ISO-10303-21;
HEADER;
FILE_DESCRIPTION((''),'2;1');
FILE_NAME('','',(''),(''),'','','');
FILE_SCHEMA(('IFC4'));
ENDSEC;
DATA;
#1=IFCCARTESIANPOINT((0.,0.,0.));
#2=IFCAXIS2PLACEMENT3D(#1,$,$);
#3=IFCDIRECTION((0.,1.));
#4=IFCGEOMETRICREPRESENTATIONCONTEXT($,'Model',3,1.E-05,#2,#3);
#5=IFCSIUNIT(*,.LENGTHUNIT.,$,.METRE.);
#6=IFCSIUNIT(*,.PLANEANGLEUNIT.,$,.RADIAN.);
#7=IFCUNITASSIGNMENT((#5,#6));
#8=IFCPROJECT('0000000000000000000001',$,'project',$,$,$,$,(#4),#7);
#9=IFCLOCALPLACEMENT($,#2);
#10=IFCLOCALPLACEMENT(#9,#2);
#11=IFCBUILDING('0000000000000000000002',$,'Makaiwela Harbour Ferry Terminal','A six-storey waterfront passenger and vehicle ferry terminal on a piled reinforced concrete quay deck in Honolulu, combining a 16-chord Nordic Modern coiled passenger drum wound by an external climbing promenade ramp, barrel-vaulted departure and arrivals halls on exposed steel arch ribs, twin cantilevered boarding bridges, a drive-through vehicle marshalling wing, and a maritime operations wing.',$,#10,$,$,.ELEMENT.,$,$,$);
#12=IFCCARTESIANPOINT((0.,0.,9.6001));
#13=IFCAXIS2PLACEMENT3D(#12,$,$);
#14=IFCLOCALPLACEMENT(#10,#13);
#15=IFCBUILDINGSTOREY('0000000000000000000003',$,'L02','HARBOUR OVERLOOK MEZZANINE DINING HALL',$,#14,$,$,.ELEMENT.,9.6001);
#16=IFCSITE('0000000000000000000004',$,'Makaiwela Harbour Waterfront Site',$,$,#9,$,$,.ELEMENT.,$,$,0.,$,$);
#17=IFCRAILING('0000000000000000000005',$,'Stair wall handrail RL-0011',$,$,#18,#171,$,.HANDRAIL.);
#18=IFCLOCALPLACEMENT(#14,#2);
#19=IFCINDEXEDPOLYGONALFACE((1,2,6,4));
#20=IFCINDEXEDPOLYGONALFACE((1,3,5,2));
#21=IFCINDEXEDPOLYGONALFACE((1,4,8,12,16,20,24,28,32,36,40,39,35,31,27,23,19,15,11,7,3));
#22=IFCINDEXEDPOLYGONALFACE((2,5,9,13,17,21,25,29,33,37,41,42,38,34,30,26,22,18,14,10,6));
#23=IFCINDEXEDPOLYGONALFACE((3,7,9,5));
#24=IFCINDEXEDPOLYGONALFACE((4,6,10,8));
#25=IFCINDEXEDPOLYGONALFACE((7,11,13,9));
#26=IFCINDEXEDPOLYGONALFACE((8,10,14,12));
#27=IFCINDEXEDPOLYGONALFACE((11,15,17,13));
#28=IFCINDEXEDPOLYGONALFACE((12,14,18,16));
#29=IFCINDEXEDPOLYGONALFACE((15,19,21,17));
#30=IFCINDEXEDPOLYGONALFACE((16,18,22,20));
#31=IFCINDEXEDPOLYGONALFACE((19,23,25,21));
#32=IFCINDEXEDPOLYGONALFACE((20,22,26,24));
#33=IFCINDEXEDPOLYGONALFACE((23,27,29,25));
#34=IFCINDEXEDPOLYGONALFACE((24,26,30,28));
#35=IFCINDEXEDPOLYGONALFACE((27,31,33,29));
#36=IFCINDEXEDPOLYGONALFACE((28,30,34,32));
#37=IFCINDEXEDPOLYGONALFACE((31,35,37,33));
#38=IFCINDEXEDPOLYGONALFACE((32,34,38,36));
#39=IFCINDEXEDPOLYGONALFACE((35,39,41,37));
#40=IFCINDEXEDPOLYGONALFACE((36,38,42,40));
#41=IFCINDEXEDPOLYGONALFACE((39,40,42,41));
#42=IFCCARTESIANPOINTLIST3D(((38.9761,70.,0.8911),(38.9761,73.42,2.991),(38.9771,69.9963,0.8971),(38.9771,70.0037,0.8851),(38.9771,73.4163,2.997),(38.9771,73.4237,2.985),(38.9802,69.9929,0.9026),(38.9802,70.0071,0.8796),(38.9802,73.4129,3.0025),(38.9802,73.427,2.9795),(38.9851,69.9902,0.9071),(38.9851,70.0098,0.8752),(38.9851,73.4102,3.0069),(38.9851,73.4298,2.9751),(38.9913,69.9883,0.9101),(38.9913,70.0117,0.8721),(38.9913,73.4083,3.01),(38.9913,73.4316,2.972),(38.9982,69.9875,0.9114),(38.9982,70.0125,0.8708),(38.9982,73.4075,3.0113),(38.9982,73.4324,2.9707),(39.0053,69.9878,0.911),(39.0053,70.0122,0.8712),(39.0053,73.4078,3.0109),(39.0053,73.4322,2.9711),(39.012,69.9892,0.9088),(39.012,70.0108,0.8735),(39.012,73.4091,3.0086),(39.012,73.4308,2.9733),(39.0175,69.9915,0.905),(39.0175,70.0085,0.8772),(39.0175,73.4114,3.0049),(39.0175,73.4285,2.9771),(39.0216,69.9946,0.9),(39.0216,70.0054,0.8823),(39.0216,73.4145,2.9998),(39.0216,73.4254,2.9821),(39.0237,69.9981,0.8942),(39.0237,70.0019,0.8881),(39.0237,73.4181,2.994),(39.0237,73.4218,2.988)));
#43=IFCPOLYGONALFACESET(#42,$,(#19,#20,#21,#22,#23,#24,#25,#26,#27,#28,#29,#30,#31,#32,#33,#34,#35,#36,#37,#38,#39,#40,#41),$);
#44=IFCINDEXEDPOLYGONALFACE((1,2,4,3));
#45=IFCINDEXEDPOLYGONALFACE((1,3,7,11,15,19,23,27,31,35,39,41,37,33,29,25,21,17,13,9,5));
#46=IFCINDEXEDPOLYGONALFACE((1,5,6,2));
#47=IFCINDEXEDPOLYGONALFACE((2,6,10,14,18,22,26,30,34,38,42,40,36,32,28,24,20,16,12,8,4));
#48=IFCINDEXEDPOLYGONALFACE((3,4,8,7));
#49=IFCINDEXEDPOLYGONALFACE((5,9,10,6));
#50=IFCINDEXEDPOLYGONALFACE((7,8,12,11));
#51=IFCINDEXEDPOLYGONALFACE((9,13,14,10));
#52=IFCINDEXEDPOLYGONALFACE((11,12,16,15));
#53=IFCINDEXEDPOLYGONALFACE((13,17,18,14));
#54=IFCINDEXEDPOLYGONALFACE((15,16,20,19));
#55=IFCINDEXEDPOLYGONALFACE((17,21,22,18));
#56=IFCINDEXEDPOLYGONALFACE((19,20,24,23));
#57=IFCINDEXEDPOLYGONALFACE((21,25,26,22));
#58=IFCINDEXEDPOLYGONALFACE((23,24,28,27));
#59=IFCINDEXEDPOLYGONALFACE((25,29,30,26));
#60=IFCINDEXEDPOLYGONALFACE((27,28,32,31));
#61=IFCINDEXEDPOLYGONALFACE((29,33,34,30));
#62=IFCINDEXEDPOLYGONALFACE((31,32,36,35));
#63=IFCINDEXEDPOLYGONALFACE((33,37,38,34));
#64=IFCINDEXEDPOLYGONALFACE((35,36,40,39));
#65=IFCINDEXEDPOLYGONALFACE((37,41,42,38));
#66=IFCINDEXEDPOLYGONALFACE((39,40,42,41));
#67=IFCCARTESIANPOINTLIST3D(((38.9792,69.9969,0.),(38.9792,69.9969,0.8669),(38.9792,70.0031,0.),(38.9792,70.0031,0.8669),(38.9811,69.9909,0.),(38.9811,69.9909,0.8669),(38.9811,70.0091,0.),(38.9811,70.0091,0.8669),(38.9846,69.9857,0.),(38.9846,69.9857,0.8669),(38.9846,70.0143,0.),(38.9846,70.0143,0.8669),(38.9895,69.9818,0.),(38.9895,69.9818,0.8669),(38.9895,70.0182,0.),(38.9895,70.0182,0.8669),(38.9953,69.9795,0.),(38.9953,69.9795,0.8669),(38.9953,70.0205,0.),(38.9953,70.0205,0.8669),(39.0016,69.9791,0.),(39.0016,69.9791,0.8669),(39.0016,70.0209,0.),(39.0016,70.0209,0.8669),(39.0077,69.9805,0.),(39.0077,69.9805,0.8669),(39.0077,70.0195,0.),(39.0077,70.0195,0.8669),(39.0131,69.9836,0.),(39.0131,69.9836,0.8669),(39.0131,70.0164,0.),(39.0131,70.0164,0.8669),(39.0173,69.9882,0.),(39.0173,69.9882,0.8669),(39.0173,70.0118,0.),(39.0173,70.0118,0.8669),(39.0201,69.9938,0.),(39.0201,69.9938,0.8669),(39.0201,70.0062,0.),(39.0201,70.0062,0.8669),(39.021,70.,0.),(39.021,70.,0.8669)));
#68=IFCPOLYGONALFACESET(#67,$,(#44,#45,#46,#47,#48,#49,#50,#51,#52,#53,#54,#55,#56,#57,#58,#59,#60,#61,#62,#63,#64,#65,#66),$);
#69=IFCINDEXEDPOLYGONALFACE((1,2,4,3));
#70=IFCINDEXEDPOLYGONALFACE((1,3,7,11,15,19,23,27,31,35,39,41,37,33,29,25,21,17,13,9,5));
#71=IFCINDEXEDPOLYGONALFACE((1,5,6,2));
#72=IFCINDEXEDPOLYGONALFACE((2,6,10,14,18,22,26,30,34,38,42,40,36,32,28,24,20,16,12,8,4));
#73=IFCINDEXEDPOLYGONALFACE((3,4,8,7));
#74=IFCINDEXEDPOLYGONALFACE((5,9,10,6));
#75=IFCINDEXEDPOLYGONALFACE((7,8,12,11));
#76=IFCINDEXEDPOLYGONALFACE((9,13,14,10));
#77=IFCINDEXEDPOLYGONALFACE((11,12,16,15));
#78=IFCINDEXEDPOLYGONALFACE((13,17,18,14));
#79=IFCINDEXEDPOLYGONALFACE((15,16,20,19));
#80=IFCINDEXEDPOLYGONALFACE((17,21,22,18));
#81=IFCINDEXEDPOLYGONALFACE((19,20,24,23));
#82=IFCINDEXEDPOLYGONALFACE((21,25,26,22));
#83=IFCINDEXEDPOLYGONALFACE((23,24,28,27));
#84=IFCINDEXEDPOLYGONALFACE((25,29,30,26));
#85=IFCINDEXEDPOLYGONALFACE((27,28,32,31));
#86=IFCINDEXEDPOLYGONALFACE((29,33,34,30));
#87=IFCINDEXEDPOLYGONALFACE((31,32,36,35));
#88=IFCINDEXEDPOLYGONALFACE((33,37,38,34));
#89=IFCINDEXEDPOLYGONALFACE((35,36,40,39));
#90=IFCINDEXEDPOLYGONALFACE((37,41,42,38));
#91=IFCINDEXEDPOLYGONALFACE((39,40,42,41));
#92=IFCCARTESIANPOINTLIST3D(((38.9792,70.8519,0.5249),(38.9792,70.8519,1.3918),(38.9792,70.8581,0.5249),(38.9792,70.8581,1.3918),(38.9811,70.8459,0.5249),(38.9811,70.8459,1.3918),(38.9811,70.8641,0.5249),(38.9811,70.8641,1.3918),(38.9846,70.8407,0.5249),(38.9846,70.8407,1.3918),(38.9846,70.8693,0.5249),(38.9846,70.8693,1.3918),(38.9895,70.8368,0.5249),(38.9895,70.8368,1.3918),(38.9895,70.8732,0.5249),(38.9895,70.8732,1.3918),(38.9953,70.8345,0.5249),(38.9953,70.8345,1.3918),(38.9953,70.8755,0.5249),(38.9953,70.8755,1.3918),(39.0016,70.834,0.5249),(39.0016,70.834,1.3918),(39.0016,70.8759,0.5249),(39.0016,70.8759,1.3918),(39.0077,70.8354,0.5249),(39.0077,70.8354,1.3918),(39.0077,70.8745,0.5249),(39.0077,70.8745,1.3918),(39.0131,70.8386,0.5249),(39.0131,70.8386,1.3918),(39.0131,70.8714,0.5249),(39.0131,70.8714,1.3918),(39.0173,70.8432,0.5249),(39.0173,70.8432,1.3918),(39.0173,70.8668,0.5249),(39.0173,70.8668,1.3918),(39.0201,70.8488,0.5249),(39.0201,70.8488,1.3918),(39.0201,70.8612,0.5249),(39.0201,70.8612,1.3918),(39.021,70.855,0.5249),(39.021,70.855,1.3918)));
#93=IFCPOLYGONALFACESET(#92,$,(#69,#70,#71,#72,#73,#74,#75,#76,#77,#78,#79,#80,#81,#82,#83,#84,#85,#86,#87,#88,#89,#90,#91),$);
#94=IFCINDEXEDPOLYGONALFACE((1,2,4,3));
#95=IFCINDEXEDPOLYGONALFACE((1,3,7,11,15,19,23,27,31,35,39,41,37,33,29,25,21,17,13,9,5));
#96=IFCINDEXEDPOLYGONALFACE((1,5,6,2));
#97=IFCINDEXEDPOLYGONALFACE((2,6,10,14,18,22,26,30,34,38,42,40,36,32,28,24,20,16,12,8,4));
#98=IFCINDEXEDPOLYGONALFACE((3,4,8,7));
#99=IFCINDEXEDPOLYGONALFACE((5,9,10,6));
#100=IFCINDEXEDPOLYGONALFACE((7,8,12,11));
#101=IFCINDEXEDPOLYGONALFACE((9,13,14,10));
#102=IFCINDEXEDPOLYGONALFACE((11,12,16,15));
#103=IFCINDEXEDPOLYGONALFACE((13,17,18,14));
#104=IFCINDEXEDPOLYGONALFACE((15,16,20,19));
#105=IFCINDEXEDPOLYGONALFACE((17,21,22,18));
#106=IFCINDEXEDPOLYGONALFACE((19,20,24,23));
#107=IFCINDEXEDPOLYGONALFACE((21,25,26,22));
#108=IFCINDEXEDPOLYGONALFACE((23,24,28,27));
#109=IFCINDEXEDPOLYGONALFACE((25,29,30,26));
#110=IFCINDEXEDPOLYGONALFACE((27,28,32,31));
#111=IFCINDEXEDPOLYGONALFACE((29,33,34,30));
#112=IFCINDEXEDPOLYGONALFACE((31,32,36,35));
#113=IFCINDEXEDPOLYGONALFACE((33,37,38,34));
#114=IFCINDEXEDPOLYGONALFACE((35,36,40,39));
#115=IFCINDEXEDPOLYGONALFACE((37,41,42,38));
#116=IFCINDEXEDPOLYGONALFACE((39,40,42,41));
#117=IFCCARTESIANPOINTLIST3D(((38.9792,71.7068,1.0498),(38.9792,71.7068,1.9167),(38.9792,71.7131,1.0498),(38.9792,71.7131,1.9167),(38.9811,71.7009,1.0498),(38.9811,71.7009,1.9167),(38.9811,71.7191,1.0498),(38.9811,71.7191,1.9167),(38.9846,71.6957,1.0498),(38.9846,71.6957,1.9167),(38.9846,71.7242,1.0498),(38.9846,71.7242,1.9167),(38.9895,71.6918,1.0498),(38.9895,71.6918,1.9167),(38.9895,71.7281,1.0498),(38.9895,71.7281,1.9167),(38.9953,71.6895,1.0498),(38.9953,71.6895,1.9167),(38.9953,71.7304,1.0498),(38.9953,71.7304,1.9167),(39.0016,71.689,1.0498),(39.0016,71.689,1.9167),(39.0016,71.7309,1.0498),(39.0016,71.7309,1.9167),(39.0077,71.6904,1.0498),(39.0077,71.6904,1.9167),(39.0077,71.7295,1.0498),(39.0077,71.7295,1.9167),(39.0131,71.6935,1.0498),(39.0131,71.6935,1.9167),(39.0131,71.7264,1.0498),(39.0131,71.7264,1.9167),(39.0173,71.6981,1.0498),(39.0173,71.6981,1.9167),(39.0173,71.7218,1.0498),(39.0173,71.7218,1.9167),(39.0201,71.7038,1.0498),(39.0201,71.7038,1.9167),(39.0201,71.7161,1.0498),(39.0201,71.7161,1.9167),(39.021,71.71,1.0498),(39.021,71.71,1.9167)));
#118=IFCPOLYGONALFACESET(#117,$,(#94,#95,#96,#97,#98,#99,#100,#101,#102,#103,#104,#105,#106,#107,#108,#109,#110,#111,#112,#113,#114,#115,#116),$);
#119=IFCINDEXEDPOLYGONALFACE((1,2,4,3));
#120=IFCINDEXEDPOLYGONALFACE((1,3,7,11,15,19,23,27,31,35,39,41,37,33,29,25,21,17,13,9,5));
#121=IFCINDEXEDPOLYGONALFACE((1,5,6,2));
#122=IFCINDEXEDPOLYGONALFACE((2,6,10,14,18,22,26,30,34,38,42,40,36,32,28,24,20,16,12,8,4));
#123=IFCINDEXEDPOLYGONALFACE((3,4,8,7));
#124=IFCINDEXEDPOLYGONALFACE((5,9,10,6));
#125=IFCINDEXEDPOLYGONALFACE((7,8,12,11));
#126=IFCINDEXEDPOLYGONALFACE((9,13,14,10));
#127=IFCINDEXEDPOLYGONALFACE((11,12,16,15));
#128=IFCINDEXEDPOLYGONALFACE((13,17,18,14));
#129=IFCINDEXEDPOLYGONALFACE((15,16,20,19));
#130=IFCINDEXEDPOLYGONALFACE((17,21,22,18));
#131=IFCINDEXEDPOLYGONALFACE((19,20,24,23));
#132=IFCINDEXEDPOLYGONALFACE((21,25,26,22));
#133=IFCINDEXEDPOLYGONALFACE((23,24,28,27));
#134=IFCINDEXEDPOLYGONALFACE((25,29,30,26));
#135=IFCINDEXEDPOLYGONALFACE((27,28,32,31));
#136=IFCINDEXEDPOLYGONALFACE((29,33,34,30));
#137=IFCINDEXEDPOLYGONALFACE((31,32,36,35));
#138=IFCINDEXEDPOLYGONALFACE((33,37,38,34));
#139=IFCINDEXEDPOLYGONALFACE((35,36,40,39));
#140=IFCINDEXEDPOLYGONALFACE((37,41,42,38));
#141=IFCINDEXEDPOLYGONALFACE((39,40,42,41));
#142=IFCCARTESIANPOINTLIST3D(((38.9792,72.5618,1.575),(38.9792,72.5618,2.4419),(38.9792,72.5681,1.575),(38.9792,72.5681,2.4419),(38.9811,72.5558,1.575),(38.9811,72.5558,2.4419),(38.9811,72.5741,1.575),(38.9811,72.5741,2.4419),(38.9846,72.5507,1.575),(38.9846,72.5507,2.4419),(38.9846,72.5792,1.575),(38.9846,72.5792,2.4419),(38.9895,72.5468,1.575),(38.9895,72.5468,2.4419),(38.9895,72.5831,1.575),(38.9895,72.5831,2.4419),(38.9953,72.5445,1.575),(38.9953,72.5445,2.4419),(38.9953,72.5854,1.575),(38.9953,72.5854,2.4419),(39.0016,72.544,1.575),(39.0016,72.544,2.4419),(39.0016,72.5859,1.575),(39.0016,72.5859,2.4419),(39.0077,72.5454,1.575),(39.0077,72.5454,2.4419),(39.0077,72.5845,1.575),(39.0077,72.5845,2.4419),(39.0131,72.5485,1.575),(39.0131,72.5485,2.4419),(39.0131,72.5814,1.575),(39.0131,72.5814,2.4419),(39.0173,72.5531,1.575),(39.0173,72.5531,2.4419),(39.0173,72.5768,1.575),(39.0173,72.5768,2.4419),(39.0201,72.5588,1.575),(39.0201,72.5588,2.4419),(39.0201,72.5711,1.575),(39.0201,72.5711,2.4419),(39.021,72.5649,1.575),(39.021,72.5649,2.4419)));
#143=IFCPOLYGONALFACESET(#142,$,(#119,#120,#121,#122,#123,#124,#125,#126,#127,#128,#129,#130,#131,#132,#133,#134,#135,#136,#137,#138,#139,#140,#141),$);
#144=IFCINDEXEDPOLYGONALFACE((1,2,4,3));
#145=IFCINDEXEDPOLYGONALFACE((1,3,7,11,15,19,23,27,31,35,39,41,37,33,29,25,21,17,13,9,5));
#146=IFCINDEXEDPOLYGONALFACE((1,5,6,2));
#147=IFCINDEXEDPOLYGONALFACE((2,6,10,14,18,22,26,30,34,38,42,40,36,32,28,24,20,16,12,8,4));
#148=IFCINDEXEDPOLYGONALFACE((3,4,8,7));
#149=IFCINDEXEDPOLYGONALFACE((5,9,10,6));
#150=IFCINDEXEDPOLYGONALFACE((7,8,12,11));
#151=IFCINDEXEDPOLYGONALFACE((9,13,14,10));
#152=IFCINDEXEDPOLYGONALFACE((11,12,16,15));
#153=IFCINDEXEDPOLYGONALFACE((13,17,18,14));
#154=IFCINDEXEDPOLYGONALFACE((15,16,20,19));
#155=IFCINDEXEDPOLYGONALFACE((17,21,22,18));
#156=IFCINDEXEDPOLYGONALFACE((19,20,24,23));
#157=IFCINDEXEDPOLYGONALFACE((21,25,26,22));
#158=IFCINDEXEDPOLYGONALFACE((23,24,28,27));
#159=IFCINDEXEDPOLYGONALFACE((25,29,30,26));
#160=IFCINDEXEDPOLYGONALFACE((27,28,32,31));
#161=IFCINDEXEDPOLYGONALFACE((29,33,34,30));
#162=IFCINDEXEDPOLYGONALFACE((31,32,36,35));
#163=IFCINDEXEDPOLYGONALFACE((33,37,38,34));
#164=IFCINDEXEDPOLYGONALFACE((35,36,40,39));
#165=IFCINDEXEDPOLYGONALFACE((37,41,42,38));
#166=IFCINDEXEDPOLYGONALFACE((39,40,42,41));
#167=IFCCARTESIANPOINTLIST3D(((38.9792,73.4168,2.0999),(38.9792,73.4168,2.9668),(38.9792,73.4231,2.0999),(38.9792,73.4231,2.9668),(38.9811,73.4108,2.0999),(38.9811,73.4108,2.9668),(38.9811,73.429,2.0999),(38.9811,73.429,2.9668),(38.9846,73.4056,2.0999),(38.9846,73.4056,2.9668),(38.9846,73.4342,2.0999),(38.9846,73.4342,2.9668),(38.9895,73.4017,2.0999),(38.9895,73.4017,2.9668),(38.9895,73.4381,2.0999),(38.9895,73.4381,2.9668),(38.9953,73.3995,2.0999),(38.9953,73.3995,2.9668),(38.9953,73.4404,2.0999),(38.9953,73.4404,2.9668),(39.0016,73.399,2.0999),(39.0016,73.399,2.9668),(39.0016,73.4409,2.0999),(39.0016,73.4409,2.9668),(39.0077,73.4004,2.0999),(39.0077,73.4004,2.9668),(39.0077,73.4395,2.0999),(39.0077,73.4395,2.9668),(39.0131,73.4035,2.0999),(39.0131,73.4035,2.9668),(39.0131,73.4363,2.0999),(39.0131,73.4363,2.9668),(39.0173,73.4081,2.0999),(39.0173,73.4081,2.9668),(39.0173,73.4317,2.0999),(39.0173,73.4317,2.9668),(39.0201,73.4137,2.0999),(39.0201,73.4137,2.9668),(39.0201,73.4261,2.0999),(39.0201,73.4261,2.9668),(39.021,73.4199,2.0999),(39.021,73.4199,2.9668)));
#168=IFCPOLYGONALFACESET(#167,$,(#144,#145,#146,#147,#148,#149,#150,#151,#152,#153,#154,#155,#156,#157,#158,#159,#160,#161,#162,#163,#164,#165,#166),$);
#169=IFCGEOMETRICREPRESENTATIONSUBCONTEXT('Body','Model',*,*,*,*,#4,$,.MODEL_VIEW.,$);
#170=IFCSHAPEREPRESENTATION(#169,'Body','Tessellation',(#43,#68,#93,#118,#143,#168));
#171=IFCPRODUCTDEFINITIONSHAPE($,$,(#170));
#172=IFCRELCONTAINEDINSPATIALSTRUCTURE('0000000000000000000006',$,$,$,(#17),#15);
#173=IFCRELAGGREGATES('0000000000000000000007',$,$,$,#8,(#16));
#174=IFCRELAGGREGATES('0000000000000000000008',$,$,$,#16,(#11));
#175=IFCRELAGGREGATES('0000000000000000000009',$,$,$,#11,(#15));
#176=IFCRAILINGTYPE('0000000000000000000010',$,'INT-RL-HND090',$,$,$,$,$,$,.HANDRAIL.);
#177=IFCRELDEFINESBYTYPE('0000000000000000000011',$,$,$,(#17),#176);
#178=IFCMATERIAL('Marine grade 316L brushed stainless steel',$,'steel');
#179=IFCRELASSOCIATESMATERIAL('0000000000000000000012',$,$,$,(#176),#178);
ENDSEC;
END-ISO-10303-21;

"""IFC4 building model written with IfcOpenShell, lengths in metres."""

from ifc_helpers import new_model, si_unit, direction, frame, origin, origin_2d, place, context, subcontext, project, spatial, circle, extrude, material, type_object, element, save


model = new_model("IFC4")

# Units and contexts
model_context = context("Model", 3, precision=1e-05, world=origin(), true_north=direction((0.0, 1.0)))
body_context = subcontext(model_context, "Body", "Model", "MODEL_VIEW")
ifc_project = project(units=[si_unit("LENGTHUNIT", "METRE"), si_unit("PLANEANGLEUNIT", "RADIAN")], contexts=[model_context])

# Site, building, storey
site_placement = place(None, origin())
site = spatial("IfcSite", under=ifc_project, at=site_placement, Name="Makaiwela Harbour Waterfront Site", CompositionType="ELEMENT", RefElevation=0.0)
building_placement = place(site_placement, origin())
building = spatial("IfcBuilding", under=site, at=building_placement, Name="Makaiwela Harbour Ferry Terminal", Description="A six-storey waterfront passenger and vehicle ferry terminal on a piled reinforced concrete quay deck in Honolulu, combining a 16-chord Nordic Modern coiled passenger drum wound by an external climbing promenade ramp, barrel-vaulted departure and arrivals halls on exposed steel arch ribs, twin cantilevered boarding bridges, a drive-through vehicle marshalling wing, and a maritime operations wing.", CompositionType="ELEMENT")
storey_placement = place(building_placement, frame((0.0, 0.0, 9.6001)))
storey = spatial("IfcBuildingStorey", under=building, at=storey_placement, Name="L02", Description="HARBOUR OVERLOOK MEZZANINE DINING HALL", CompositionType="ELEMENT", Elevation=9.6001)

# Railing
ifc_material_1 = material(Name="Marine grade 316L brushed stainless steel", Category="steel")
railing_type_1 = type_object("IfcRailingType", Name="INT-RL-HND090", PredefinedType="HANDRAIL", material=ifc_material_1)
railing_1_placement = place(storey_placement, frame((39.0, 70.0, 0.0)))
element("IfcRailing", 1, at=railing_1_placement, inside=storey, type_object=railing_type_1, Name="Stair wall handrail RL-0011", PredefinedType="HANDRAIL", context=body_context, shape_type="SweptSolid", body=[
    extrude(circle(Radius=0.0239, at=origin_2d()), frame((0.0, 0.0, 0.8911), z_axis=(0.0, 0.852182, 0.523245), x_axis=(-1.0, 0.0, 0.0)), (0.0, 0.0, 1.0), 4.0132),
    extrude(circle(Radius=0.021, at=origin_2d()), origin(), (0.0, 0.0, 1.0), 0.8669),
    extrude(circle(Radius=0.021, at=origin_2d()), frame((0.0, 0.855, 0.5249)), (0.0, 0.0, 1.0), 0.8669),
    extrude(circle(Radius=0.021, at=origin_2d()), frame((0.0, 1.71, 1.0498)), (0.0, 0.0, 1.0), 0.8669),
    extrude(circle(Radius=0.021, at=origin_2d()), frame((0.0, 2.5649, 1.575)), (0.0, 0.0, 1.0), 0.8669),
    extrude(circle(Radius=0.021, at=origin_2d()), frame((0.0, 3.4199, 2.0999)), (0.0, 0.0, 1.0), 0.8669),
])

save(model, "model.ifc")
